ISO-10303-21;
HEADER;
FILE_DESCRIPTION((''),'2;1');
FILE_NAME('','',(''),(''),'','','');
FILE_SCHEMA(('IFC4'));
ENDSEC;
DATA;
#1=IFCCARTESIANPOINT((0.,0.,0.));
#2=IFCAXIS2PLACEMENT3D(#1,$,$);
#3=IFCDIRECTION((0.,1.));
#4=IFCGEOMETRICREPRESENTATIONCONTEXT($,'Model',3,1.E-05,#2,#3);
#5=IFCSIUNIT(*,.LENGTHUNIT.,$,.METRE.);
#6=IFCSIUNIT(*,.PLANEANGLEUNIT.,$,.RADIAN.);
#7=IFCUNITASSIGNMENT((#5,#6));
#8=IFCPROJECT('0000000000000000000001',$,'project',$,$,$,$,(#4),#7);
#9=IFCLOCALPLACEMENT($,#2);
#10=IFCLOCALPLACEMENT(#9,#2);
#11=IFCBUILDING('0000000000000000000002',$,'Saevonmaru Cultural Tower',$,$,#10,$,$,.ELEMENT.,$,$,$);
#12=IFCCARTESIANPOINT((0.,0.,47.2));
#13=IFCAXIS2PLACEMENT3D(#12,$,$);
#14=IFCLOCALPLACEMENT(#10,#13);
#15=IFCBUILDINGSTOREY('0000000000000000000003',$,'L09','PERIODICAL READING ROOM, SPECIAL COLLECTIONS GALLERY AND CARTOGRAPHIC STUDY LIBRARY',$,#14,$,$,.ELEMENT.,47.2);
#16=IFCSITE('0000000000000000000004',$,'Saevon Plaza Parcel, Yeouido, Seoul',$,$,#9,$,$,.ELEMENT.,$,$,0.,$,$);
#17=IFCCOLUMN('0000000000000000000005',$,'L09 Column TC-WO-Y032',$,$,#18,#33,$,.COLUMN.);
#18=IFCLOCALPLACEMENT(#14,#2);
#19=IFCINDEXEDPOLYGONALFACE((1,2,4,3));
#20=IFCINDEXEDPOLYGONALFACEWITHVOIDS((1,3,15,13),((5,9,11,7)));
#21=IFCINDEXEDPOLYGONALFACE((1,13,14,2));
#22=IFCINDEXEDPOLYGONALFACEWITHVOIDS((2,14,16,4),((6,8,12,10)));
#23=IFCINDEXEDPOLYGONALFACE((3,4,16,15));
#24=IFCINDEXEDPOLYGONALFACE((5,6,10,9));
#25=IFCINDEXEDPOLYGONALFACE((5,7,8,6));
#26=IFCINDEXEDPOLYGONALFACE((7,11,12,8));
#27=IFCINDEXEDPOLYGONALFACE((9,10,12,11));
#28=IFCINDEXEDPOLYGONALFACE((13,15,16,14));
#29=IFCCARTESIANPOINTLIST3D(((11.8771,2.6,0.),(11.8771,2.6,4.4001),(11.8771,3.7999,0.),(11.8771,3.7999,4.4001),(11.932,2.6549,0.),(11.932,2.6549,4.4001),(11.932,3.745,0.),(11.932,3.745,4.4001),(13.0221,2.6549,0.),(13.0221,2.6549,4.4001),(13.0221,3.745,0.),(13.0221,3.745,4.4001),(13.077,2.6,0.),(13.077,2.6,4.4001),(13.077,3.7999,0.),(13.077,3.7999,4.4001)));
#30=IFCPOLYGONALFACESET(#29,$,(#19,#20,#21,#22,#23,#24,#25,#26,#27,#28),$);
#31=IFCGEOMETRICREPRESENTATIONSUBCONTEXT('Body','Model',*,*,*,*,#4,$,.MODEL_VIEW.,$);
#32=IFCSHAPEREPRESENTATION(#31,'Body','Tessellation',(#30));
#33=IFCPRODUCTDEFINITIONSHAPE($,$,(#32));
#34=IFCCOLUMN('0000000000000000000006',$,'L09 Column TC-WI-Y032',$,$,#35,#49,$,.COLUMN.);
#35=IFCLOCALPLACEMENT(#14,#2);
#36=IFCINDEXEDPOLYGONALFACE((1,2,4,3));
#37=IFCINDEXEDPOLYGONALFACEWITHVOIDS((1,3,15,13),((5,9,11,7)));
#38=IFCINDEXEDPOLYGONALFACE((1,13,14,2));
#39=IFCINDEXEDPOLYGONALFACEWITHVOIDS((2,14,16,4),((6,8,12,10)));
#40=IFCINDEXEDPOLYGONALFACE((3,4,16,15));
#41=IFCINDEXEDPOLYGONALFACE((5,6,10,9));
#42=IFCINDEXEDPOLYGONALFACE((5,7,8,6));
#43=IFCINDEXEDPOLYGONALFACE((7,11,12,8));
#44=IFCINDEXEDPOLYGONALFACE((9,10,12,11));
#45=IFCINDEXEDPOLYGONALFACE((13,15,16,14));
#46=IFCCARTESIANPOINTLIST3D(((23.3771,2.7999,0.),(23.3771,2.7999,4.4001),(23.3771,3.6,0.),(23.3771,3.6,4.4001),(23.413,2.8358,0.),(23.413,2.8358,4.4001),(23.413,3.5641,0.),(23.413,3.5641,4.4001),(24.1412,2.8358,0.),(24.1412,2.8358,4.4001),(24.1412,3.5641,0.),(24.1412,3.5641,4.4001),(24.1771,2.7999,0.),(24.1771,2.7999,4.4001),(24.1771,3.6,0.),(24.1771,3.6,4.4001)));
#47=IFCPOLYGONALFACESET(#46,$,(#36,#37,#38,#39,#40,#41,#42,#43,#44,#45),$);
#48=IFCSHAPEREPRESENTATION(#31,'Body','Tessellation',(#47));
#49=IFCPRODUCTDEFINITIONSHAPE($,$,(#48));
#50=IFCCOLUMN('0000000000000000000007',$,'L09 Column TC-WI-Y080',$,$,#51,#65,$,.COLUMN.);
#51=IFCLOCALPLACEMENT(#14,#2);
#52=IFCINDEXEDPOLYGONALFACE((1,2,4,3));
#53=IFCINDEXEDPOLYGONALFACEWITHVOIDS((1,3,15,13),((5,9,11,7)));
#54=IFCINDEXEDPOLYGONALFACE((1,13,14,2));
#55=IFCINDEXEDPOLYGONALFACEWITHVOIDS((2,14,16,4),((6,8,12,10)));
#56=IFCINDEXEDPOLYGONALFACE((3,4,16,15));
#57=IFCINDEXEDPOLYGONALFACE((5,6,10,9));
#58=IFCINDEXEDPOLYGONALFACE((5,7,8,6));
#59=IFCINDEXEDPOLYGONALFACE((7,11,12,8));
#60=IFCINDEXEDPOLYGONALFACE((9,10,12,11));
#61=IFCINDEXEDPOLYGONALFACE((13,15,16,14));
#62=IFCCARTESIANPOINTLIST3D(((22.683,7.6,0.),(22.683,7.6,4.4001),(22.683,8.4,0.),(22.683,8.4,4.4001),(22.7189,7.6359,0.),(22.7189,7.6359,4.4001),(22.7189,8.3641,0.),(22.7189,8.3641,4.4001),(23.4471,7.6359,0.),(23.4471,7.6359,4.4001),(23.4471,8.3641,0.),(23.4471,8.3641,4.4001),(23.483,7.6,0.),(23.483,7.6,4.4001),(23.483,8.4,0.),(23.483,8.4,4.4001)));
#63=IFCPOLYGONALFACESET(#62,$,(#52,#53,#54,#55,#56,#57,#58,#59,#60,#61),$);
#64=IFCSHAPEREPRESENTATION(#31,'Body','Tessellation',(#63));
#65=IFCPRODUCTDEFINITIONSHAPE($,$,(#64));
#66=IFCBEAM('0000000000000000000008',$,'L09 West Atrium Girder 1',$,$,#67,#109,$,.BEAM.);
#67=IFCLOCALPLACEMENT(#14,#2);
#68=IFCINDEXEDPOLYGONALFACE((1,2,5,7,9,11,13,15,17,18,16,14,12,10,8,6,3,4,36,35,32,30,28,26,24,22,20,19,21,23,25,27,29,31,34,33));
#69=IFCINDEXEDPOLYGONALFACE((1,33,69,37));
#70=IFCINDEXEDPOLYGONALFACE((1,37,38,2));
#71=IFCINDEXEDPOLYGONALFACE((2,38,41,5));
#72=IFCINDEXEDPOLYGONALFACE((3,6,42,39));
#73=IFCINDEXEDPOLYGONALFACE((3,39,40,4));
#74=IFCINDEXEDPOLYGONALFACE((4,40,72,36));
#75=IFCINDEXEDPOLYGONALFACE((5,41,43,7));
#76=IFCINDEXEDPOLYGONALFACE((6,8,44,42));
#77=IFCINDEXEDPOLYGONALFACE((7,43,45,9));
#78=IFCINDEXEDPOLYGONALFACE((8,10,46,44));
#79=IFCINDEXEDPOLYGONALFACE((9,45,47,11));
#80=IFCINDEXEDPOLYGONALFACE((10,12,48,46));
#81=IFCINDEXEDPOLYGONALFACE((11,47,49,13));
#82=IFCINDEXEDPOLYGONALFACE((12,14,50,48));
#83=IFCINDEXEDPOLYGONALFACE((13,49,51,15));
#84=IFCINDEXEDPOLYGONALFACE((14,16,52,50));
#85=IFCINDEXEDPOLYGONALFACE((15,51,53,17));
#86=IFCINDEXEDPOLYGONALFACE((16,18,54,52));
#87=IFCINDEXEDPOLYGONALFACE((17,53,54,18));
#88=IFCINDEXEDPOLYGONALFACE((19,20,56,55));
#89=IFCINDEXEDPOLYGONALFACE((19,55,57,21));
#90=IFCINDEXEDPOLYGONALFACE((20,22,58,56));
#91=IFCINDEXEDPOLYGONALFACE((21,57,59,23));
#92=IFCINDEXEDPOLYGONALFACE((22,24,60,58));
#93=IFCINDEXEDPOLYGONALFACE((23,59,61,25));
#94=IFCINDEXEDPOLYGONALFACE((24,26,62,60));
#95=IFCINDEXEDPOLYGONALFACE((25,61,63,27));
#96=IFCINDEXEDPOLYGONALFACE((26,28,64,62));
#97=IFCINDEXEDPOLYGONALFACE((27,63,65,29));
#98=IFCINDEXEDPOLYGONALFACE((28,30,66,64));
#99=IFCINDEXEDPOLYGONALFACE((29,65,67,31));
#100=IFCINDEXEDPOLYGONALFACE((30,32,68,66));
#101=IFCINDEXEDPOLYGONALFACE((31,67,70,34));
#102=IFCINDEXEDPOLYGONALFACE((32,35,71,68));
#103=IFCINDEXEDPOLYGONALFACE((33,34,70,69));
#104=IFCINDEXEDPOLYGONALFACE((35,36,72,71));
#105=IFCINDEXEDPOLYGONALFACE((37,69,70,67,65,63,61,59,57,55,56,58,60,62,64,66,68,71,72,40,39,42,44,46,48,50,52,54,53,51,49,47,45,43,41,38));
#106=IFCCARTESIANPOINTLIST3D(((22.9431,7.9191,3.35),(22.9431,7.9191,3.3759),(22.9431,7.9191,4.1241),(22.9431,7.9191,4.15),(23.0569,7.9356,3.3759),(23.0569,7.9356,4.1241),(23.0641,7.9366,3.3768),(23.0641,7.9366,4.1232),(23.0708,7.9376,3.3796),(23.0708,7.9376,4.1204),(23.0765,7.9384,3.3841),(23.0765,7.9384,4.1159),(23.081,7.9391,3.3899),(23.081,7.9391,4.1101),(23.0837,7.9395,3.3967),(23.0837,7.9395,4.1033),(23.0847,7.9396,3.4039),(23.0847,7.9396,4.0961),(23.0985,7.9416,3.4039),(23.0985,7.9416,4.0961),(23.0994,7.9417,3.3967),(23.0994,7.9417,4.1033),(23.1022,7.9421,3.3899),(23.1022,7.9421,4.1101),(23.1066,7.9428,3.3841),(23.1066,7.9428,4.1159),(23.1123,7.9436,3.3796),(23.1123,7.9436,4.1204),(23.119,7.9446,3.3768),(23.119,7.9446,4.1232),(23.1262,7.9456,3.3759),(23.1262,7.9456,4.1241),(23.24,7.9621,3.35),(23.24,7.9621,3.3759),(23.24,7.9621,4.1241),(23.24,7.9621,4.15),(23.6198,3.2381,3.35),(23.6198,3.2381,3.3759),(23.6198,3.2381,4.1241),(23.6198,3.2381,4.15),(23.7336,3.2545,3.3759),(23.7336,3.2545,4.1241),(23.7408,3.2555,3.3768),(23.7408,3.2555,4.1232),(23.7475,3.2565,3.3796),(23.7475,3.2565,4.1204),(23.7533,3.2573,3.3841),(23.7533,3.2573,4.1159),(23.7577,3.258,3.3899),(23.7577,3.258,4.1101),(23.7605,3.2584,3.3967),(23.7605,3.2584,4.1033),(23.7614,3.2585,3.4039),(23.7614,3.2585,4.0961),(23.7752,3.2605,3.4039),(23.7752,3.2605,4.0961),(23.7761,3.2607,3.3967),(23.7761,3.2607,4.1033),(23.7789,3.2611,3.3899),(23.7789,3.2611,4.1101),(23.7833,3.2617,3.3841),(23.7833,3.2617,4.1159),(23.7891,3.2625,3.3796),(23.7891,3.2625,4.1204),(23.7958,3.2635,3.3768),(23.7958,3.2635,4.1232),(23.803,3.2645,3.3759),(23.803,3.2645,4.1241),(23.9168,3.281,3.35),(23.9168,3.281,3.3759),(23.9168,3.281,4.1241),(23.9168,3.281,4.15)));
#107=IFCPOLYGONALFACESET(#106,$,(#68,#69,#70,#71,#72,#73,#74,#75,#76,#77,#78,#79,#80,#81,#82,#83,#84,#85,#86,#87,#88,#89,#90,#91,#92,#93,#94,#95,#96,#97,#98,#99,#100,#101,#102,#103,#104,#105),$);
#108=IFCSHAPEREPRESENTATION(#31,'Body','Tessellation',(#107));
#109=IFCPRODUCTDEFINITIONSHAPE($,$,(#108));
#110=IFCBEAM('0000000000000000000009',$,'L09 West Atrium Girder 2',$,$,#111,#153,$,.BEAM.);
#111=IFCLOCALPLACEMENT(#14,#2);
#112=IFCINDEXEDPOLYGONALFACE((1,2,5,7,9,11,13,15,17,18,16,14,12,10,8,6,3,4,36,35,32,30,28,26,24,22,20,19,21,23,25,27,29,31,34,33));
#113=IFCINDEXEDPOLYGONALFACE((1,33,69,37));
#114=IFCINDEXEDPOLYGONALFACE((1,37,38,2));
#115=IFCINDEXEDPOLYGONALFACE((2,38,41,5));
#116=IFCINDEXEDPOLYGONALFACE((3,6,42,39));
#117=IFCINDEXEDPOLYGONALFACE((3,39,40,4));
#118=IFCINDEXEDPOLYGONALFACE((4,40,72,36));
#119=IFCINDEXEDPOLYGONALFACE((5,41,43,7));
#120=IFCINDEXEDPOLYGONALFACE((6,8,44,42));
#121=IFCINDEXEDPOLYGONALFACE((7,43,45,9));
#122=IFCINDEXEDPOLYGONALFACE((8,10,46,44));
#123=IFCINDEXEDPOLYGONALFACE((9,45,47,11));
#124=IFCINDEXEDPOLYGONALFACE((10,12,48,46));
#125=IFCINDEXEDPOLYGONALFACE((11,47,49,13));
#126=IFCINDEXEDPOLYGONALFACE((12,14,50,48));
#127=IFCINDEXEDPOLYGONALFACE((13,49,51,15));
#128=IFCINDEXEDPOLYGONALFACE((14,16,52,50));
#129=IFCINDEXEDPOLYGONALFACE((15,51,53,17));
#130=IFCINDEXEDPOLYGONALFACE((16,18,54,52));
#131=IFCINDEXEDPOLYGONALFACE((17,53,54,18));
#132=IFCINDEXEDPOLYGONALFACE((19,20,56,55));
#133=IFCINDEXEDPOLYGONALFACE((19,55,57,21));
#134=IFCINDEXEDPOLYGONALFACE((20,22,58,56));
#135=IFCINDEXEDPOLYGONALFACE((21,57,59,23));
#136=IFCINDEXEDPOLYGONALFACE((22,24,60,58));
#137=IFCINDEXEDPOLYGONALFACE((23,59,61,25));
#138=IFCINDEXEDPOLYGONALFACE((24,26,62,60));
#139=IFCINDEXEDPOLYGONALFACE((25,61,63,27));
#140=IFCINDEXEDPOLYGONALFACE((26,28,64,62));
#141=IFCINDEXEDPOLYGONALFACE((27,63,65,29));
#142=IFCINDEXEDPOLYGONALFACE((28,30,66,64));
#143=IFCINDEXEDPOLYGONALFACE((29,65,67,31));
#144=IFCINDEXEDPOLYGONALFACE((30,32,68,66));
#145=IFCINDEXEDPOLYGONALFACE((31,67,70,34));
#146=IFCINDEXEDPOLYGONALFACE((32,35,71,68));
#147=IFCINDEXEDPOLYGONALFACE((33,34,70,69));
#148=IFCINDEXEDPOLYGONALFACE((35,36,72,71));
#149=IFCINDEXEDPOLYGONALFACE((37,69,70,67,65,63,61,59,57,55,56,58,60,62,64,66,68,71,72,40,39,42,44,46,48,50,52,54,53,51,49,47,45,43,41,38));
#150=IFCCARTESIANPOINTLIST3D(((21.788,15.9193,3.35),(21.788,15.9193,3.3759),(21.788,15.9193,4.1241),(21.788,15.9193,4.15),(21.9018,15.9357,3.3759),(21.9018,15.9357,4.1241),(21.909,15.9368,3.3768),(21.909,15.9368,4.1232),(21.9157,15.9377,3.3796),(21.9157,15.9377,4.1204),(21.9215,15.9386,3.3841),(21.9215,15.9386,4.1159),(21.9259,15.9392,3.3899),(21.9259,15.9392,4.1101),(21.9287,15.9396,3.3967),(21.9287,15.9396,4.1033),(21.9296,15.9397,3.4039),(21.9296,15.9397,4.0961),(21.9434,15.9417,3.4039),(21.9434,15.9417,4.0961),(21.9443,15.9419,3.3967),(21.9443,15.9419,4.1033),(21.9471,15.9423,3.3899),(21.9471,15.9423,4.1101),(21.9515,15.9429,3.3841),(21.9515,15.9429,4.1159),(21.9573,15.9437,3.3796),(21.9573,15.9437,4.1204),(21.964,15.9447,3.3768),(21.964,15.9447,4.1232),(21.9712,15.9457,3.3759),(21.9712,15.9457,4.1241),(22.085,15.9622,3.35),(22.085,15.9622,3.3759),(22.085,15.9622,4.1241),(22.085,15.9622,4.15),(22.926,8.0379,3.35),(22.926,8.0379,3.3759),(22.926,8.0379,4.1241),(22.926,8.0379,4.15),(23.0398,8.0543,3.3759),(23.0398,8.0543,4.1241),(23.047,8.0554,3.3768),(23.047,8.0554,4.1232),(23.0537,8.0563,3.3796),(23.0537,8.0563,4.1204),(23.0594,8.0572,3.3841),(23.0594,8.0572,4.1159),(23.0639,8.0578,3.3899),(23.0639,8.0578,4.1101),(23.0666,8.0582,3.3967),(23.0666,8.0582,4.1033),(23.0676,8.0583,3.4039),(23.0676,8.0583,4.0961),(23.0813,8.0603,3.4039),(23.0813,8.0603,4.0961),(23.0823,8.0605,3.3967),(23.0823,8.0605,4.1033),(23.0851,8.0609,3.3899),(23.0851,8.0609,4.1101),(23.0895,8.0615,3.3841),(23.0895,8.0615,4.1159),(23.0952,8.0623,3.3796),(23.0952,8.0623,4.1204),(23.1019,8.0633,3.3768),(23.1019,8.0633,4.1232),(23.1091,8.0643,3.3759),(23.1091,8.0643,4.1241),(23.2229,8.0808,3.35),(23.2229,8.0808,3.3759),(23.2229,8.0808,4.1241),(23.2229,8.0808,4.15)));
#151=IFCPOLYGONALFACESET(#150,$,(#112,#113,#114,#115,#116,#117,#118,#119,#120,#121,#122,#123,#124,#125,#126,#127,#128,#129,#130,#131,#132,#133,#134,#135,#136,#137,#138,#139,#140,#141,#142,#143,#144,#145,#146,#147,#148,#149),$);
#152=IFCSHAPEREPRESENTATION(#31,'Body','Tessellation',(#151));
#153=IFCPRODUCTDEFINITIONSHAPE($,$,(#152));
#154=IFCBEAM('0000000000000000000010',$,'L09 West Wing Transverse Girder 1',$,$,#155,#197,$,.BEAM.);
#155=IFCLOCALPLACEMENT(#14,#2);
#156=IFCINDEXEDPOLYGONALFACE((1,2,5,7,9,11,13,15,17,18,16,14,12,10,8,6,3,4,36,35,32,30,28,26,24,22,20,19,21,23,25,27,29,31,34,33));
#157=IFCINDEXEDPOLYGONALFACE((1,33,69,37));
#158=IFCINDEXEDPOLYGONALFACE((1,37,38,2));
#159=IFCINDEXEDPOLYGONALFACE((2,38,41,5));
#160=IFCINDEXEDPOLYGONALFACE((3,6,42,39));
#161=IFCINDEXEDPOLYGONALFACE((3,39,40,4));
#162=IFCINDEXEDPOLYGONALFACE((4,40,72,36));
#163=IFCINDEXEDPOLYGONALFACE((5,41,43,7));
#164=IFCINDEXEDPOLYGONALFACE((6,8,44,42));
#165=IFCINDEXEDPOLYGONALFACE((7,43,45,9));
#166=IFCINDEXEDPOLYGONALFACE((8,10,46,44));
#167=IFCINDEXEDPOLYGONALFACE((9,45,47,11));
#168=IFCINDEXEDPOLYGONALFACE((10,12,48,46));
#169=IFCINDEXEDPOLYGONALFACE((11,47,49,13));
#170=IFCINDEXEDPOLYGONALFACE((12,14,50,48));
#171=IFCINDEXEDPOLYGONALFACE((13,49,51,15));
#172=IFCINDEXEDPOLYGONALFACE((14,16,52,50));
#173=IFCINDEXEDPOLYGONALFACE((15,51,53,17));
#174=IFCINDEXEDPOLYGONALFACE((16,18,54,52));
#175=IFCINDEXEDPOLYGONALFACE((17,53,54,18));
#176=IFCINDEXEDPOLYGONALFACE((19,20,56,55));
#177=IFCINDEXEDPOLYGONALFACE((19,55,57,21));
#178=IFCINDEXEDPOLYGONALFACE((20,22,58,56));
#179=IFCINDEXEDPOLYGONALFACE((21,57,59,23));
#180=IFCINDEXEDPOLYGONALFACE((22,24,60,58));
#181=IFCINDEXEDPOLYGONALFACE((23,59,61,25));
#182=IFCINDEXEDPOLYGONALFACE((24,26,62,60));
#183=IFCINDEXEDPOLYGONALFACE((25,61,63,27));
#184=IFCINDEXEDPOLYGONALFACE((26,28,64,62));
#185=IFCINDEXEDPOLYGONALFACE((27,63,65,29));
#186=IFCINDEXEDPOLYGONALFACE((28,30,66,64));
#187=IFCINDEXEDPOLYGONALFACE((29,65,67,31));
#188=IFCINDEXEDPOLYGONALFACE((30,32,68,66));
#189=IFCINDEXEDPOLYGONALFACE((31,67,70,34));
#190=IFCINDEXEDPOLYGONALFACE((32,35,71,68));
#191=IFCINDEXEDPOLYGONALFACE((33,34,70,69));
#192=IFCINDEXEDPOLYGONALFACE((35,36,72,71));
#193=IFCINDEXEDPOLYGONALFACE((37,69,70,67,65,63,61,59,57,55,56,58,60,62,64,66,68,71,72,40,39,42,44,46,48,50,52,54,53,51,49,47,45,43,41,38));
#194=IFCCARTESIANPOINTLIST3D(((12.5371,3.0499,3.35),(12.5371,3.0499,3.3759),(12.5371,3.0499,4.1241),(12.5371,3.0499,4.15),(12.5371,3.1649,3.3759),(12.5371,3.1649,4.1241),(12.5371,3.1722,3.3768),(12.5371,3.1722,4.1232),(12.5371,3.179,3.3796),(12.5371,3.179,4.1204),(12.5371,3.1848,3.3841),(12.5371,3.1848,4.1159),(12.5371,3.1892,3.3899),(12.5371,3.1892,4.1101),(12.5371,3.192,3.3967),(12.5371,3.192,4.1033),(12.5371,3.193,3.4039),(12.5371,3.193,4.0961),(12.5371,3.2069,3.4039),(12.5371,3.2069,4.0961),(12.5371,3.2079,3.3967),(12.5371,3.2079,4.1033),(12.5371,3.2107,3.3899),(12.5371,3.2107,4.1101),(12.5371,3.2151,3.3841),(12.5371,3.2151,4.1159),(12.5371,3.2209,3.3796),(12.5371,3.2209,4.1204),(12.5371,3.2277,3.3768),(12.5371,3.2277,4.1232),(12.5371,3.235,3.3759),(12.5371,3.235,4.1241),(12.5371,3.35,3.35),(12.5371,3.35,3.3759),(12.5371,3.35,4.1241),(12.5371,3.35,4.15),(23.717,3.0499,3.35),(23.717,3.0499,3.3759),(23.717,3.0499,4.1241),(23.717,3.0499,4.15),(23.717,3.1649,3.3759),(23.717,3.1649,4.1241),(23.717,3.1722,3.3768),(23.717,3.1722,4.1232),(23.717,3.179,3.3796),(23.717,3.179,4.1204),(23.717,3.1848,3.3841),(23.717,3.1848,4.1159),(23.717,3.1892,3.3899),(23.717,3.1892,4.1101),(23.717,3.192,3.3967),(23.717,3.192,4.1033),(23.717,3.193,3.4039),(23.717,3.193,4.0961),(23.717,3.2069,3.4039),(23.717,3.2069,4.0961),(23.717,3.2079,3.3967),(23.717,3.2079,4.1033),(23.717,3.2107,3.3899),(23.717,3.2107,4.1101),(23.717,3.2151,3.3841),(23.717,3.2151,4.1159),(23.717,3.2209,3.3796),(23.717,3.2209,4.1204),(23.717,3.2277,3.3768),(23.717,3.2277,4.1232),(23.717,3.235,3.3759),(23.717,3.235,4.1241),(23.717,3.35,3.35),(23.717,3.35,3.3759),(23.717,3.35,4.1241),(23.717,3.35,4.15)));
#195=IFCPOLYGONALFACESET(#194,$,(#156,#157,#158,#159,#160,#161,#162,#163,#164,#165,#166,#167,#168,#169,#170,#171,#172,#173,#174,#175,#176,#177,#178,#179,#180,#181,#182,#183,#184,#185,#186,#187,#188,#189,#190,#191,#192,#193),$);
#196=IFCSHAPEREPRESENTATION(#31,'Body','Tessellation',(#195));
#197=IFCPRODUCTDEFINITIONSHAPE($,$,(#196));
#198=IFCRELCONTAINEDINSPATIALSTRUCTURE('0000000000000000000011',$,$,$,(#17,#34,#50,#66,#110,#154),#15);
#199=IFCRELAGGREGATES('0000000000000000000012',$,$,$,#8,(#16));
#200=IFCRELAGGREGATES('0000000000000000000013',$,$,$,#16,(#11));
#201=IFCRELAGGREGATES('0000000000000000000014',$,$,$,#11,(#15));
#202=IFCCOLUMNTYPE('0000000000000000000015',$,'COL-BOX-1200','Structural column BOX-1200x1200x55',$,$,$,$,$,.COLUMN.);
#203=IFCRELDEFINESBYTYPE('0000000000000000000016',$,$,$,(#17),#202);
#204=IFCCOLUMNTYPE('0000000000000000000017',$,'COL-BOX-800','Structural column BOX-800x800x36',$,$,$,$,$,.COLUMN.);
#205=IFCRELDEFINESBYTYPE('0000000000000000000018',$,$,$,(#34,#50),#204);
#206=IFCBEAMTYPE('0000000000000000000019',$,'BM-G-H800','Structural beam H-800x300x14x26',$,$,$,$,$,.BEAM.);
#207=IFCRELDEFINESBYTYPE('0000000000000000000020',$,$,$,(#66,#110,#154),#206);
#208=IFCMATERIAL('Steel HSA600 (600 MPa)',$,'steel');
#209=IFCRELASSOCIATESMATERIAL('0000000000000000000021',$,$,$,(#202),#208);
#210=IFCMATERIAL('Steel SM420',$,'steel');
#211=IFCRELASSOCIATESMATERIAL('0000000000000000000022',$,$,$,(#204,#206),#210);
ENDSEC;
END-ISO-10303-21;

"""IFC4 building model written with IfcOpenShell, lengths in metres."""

from ifc_helpers import new_model, si_unit, direction, frame, origin, origin_2d, place, context, subcontext, project, spatial, hollow_rectangle, i_section, extrude, material, material_profile, profile_set, type_object, element, save


model = new_model("IFC4")

# Units and contexts
model_context = context("Model", 3, precision=1e-05, world=origin(), true_north=direction((0.0, 1.0)))
body_context = subcontext(model_context, "Body", "Model", "MODEL_VIEW")
ifc_project = project(units=[si_unit("LENGTHUNIT", "METRE"), si_unit("PLANEANGLEUNIT", "RADIAN")], contexts=[model_context])

# Site, building, storey
site_placement = place(None, origin())
site = spatial("IfcSite", under=ifc_project, at=site_placement, Name="Saevon Plaza Parcel, Yeouido, Seoul", CompositionType="ELEMENT", RefElevation=0.0)
building_placement = place(site_placement, origin())
building = spatial("IfcBuilding", under=site, at=building_placement, Name="Saevonmaru Cultural Tower", CompositionType="ELEMENT")
storey_placement = place(building_placement, frame((0.0, 0.0, 47.2)))
storey = spatial("IfcBuildingStorey", under=building, at=storey_placement, Name="L09", Description="PERIODICAL READING ROOM, SPECIAL COLLECTIONS GALLERY AND CARTOGRAPHIC STUDY LIBRARY", CompositionType="ELEMENT", Elevation=47.2)

# Columns
ifc_material_1 = material(Name="Steel HSA600 (600 MPa)", Category="steel")
ifc_material_profile_1 = material_profile(ifc_material_1, hollow_rectangle(XDim=1.2, YDim=1.2, WallThickness=0.0549, at=origin_2d()), Name="BOX-1200x1200x55")
ifc_profile_set_1 = profile_set([ifc_material_profile_1], Name="Steel HSA600 (600 MPa)")
column_type_1 = type_object("IfcColumnType", Name="COL-BOX-1200", Description="Structural column BOX-1200x1200x55", PredefinedType="COLUMN", material=ifc_profile_set_1)
column_placement = place(storey_placement, frame((12.4771, 3.2, 0.0), z_axis=(0.0, 0.0, 1.0), x_axis=(1.0, 0.0, 0.0)))
element("IfcColumn", 1, at=column_placement, inside=storey, type_object=column_type_1, Name="L09 Column TC-WO-Y032", PredefinedType="COLUMN", context=body_context, shape_type="SweptSolid", body=[
    extrude(hollow_rectangle(XDim=1.2, YDim=1.2, WallThickness=0.0549, at=origin_2d()), origin(), (0.0, 0.0, 1.0), 4.4001),
])
ifc_material_2 = material(Name="Steel SM420", Category="steel")
ifc_material_profile_2 = material_profile(ifc_material_2, hollow_rectangle(XDim=0.8, YDim=0.8, WallThickness=0.0359, at=origin_2d()), Name="BOX-800x800x36")
ifc_profile_set_2 = profile_set([ifc_material_profile_2], Name="Steel SM420")
column_type_2 = type_object("IfcColumnType", Name="COL-BOX-800", Description="Structural column BOX-800x800x36", PredefinedType="COLUMN", material=ifc_profile_set_2)
for number, where, z_axis, x_axis, name in (
    (2, (23.7771, 3.2, 0.0), (0.0, 0.0, 1.0), (1.0, 0.0, 0.0), "L09 Column TC-WI-Y032"),
    (3, (23.083, 8.0, 0.0), (0.0, 0.0, 1.0), (1.0, 0.0, 0.0), "L09 Column TC-WI-Y080"),
):
    element("IfcColumn", number, at=place(storey_placement, frame(where, z_axis=z_axis, x_axis=x_axis)), inside=storey, type_object=column_type_2, Name=name, PredefinedType="COLUMN", context=body_context, shape_type="SweptSolid", body=[
        extrude(hollow_rectangle(XDim=0.8, YDim=0.8, WallThickness=0.0359, at=origin_2d()), origin(), (0.0, 0.0, 1.0), 4.4001),
    ])

# Beams
ifc_material_profile_3 = material_profile(ifc_material_2, i_section(OverallWidth=0.3, OverallDepth=0.8, WebThickness=0.0139, FlangeThickness=0.0259, FilletRadius=0.0281, at=origin_2d()), Name="H-800x300x14x26")
ifc_profile_set_3 = profile_set([ifc_material_profile_3], Name="Steel SM420")
beam_type_1 = type_object("IfcBeamType", Name="BM-G-H800", Description="Structural beam H-800x300x14x26", PredefinedType="BEAM", material=ifc_profile_set_3)
beam_1_placement = place(storey_placement, frame((23.7683, 3.2595, 3.75), z_axis=(-0.143083, 0.989711, 0.0), x_axis=(-0.989711, -0.143083, 0.0)))
element("IfcBeam", 4, at=beam_1_placement, inside=storey, type_object=beam_type_1, Name="L09 West Atrium Girder 1", PredefinedType="BEAM", context=body_context, shape_type="SweptSolid", body=[
    extrude(i_section(OverallWidth=0.3, OverallDepth=0.8, WebThickness=0.0139, FlangeThickness=0.0259, FilletRadius=0.0281, at=origin_2d()), origin(), (0.0, 0.0, 1.0), 4.7297),
])
beam_2_placement = place(storey_placement, frame((23.0745, 8.0593, 3.75), z_axis=(-0.142902, 0.989737, 0.0), x_axis=(-0.989737, -0.142902, 0.0)))
element("IfcBeam", 5, at=beam_2_placement, inside=storey, type_object=beam_type_1, Name="L09 West Atrium Girder 2", PredefinedType="BEAM", context=body_context, shape_type="SweptSolid", body=[
    extrude(i_section(OverallWidth=0.3, OverallDepth=0.8, WebThickness=0.0139, FlangeThickness=0.0259, FilletRadius=0.0281, at=origin_2d()), origin(), (0.0, 0.0, 1.0), 7.9631),
])
beam_3_placement = place(storey_placement, frame((12.5371, 3.2, 3.75), z_axis=(1.0, 0.0, 0.0), x_axis=(0.0, 1.0, 0.0)))
element("IfcBeam", 6, at=beam_3_placement, inside=storey, type_object=beam_type_1, Name="L09 West Wing Transverse Girder 1", PredefinedType="BEAM", context=body_context, shape_type="SweptSolid", body=[
    extrude(i_section(OverallWidth=0.3, OverallDepth=0.8, WebThickness=0.0139, FlangeThickness=0.0259, FilletRadius=0.0281, at=origin_2d()), origin(), (0.0, 0.0, 1.0), 11.1799),
])

save(model, "model.ifc")
